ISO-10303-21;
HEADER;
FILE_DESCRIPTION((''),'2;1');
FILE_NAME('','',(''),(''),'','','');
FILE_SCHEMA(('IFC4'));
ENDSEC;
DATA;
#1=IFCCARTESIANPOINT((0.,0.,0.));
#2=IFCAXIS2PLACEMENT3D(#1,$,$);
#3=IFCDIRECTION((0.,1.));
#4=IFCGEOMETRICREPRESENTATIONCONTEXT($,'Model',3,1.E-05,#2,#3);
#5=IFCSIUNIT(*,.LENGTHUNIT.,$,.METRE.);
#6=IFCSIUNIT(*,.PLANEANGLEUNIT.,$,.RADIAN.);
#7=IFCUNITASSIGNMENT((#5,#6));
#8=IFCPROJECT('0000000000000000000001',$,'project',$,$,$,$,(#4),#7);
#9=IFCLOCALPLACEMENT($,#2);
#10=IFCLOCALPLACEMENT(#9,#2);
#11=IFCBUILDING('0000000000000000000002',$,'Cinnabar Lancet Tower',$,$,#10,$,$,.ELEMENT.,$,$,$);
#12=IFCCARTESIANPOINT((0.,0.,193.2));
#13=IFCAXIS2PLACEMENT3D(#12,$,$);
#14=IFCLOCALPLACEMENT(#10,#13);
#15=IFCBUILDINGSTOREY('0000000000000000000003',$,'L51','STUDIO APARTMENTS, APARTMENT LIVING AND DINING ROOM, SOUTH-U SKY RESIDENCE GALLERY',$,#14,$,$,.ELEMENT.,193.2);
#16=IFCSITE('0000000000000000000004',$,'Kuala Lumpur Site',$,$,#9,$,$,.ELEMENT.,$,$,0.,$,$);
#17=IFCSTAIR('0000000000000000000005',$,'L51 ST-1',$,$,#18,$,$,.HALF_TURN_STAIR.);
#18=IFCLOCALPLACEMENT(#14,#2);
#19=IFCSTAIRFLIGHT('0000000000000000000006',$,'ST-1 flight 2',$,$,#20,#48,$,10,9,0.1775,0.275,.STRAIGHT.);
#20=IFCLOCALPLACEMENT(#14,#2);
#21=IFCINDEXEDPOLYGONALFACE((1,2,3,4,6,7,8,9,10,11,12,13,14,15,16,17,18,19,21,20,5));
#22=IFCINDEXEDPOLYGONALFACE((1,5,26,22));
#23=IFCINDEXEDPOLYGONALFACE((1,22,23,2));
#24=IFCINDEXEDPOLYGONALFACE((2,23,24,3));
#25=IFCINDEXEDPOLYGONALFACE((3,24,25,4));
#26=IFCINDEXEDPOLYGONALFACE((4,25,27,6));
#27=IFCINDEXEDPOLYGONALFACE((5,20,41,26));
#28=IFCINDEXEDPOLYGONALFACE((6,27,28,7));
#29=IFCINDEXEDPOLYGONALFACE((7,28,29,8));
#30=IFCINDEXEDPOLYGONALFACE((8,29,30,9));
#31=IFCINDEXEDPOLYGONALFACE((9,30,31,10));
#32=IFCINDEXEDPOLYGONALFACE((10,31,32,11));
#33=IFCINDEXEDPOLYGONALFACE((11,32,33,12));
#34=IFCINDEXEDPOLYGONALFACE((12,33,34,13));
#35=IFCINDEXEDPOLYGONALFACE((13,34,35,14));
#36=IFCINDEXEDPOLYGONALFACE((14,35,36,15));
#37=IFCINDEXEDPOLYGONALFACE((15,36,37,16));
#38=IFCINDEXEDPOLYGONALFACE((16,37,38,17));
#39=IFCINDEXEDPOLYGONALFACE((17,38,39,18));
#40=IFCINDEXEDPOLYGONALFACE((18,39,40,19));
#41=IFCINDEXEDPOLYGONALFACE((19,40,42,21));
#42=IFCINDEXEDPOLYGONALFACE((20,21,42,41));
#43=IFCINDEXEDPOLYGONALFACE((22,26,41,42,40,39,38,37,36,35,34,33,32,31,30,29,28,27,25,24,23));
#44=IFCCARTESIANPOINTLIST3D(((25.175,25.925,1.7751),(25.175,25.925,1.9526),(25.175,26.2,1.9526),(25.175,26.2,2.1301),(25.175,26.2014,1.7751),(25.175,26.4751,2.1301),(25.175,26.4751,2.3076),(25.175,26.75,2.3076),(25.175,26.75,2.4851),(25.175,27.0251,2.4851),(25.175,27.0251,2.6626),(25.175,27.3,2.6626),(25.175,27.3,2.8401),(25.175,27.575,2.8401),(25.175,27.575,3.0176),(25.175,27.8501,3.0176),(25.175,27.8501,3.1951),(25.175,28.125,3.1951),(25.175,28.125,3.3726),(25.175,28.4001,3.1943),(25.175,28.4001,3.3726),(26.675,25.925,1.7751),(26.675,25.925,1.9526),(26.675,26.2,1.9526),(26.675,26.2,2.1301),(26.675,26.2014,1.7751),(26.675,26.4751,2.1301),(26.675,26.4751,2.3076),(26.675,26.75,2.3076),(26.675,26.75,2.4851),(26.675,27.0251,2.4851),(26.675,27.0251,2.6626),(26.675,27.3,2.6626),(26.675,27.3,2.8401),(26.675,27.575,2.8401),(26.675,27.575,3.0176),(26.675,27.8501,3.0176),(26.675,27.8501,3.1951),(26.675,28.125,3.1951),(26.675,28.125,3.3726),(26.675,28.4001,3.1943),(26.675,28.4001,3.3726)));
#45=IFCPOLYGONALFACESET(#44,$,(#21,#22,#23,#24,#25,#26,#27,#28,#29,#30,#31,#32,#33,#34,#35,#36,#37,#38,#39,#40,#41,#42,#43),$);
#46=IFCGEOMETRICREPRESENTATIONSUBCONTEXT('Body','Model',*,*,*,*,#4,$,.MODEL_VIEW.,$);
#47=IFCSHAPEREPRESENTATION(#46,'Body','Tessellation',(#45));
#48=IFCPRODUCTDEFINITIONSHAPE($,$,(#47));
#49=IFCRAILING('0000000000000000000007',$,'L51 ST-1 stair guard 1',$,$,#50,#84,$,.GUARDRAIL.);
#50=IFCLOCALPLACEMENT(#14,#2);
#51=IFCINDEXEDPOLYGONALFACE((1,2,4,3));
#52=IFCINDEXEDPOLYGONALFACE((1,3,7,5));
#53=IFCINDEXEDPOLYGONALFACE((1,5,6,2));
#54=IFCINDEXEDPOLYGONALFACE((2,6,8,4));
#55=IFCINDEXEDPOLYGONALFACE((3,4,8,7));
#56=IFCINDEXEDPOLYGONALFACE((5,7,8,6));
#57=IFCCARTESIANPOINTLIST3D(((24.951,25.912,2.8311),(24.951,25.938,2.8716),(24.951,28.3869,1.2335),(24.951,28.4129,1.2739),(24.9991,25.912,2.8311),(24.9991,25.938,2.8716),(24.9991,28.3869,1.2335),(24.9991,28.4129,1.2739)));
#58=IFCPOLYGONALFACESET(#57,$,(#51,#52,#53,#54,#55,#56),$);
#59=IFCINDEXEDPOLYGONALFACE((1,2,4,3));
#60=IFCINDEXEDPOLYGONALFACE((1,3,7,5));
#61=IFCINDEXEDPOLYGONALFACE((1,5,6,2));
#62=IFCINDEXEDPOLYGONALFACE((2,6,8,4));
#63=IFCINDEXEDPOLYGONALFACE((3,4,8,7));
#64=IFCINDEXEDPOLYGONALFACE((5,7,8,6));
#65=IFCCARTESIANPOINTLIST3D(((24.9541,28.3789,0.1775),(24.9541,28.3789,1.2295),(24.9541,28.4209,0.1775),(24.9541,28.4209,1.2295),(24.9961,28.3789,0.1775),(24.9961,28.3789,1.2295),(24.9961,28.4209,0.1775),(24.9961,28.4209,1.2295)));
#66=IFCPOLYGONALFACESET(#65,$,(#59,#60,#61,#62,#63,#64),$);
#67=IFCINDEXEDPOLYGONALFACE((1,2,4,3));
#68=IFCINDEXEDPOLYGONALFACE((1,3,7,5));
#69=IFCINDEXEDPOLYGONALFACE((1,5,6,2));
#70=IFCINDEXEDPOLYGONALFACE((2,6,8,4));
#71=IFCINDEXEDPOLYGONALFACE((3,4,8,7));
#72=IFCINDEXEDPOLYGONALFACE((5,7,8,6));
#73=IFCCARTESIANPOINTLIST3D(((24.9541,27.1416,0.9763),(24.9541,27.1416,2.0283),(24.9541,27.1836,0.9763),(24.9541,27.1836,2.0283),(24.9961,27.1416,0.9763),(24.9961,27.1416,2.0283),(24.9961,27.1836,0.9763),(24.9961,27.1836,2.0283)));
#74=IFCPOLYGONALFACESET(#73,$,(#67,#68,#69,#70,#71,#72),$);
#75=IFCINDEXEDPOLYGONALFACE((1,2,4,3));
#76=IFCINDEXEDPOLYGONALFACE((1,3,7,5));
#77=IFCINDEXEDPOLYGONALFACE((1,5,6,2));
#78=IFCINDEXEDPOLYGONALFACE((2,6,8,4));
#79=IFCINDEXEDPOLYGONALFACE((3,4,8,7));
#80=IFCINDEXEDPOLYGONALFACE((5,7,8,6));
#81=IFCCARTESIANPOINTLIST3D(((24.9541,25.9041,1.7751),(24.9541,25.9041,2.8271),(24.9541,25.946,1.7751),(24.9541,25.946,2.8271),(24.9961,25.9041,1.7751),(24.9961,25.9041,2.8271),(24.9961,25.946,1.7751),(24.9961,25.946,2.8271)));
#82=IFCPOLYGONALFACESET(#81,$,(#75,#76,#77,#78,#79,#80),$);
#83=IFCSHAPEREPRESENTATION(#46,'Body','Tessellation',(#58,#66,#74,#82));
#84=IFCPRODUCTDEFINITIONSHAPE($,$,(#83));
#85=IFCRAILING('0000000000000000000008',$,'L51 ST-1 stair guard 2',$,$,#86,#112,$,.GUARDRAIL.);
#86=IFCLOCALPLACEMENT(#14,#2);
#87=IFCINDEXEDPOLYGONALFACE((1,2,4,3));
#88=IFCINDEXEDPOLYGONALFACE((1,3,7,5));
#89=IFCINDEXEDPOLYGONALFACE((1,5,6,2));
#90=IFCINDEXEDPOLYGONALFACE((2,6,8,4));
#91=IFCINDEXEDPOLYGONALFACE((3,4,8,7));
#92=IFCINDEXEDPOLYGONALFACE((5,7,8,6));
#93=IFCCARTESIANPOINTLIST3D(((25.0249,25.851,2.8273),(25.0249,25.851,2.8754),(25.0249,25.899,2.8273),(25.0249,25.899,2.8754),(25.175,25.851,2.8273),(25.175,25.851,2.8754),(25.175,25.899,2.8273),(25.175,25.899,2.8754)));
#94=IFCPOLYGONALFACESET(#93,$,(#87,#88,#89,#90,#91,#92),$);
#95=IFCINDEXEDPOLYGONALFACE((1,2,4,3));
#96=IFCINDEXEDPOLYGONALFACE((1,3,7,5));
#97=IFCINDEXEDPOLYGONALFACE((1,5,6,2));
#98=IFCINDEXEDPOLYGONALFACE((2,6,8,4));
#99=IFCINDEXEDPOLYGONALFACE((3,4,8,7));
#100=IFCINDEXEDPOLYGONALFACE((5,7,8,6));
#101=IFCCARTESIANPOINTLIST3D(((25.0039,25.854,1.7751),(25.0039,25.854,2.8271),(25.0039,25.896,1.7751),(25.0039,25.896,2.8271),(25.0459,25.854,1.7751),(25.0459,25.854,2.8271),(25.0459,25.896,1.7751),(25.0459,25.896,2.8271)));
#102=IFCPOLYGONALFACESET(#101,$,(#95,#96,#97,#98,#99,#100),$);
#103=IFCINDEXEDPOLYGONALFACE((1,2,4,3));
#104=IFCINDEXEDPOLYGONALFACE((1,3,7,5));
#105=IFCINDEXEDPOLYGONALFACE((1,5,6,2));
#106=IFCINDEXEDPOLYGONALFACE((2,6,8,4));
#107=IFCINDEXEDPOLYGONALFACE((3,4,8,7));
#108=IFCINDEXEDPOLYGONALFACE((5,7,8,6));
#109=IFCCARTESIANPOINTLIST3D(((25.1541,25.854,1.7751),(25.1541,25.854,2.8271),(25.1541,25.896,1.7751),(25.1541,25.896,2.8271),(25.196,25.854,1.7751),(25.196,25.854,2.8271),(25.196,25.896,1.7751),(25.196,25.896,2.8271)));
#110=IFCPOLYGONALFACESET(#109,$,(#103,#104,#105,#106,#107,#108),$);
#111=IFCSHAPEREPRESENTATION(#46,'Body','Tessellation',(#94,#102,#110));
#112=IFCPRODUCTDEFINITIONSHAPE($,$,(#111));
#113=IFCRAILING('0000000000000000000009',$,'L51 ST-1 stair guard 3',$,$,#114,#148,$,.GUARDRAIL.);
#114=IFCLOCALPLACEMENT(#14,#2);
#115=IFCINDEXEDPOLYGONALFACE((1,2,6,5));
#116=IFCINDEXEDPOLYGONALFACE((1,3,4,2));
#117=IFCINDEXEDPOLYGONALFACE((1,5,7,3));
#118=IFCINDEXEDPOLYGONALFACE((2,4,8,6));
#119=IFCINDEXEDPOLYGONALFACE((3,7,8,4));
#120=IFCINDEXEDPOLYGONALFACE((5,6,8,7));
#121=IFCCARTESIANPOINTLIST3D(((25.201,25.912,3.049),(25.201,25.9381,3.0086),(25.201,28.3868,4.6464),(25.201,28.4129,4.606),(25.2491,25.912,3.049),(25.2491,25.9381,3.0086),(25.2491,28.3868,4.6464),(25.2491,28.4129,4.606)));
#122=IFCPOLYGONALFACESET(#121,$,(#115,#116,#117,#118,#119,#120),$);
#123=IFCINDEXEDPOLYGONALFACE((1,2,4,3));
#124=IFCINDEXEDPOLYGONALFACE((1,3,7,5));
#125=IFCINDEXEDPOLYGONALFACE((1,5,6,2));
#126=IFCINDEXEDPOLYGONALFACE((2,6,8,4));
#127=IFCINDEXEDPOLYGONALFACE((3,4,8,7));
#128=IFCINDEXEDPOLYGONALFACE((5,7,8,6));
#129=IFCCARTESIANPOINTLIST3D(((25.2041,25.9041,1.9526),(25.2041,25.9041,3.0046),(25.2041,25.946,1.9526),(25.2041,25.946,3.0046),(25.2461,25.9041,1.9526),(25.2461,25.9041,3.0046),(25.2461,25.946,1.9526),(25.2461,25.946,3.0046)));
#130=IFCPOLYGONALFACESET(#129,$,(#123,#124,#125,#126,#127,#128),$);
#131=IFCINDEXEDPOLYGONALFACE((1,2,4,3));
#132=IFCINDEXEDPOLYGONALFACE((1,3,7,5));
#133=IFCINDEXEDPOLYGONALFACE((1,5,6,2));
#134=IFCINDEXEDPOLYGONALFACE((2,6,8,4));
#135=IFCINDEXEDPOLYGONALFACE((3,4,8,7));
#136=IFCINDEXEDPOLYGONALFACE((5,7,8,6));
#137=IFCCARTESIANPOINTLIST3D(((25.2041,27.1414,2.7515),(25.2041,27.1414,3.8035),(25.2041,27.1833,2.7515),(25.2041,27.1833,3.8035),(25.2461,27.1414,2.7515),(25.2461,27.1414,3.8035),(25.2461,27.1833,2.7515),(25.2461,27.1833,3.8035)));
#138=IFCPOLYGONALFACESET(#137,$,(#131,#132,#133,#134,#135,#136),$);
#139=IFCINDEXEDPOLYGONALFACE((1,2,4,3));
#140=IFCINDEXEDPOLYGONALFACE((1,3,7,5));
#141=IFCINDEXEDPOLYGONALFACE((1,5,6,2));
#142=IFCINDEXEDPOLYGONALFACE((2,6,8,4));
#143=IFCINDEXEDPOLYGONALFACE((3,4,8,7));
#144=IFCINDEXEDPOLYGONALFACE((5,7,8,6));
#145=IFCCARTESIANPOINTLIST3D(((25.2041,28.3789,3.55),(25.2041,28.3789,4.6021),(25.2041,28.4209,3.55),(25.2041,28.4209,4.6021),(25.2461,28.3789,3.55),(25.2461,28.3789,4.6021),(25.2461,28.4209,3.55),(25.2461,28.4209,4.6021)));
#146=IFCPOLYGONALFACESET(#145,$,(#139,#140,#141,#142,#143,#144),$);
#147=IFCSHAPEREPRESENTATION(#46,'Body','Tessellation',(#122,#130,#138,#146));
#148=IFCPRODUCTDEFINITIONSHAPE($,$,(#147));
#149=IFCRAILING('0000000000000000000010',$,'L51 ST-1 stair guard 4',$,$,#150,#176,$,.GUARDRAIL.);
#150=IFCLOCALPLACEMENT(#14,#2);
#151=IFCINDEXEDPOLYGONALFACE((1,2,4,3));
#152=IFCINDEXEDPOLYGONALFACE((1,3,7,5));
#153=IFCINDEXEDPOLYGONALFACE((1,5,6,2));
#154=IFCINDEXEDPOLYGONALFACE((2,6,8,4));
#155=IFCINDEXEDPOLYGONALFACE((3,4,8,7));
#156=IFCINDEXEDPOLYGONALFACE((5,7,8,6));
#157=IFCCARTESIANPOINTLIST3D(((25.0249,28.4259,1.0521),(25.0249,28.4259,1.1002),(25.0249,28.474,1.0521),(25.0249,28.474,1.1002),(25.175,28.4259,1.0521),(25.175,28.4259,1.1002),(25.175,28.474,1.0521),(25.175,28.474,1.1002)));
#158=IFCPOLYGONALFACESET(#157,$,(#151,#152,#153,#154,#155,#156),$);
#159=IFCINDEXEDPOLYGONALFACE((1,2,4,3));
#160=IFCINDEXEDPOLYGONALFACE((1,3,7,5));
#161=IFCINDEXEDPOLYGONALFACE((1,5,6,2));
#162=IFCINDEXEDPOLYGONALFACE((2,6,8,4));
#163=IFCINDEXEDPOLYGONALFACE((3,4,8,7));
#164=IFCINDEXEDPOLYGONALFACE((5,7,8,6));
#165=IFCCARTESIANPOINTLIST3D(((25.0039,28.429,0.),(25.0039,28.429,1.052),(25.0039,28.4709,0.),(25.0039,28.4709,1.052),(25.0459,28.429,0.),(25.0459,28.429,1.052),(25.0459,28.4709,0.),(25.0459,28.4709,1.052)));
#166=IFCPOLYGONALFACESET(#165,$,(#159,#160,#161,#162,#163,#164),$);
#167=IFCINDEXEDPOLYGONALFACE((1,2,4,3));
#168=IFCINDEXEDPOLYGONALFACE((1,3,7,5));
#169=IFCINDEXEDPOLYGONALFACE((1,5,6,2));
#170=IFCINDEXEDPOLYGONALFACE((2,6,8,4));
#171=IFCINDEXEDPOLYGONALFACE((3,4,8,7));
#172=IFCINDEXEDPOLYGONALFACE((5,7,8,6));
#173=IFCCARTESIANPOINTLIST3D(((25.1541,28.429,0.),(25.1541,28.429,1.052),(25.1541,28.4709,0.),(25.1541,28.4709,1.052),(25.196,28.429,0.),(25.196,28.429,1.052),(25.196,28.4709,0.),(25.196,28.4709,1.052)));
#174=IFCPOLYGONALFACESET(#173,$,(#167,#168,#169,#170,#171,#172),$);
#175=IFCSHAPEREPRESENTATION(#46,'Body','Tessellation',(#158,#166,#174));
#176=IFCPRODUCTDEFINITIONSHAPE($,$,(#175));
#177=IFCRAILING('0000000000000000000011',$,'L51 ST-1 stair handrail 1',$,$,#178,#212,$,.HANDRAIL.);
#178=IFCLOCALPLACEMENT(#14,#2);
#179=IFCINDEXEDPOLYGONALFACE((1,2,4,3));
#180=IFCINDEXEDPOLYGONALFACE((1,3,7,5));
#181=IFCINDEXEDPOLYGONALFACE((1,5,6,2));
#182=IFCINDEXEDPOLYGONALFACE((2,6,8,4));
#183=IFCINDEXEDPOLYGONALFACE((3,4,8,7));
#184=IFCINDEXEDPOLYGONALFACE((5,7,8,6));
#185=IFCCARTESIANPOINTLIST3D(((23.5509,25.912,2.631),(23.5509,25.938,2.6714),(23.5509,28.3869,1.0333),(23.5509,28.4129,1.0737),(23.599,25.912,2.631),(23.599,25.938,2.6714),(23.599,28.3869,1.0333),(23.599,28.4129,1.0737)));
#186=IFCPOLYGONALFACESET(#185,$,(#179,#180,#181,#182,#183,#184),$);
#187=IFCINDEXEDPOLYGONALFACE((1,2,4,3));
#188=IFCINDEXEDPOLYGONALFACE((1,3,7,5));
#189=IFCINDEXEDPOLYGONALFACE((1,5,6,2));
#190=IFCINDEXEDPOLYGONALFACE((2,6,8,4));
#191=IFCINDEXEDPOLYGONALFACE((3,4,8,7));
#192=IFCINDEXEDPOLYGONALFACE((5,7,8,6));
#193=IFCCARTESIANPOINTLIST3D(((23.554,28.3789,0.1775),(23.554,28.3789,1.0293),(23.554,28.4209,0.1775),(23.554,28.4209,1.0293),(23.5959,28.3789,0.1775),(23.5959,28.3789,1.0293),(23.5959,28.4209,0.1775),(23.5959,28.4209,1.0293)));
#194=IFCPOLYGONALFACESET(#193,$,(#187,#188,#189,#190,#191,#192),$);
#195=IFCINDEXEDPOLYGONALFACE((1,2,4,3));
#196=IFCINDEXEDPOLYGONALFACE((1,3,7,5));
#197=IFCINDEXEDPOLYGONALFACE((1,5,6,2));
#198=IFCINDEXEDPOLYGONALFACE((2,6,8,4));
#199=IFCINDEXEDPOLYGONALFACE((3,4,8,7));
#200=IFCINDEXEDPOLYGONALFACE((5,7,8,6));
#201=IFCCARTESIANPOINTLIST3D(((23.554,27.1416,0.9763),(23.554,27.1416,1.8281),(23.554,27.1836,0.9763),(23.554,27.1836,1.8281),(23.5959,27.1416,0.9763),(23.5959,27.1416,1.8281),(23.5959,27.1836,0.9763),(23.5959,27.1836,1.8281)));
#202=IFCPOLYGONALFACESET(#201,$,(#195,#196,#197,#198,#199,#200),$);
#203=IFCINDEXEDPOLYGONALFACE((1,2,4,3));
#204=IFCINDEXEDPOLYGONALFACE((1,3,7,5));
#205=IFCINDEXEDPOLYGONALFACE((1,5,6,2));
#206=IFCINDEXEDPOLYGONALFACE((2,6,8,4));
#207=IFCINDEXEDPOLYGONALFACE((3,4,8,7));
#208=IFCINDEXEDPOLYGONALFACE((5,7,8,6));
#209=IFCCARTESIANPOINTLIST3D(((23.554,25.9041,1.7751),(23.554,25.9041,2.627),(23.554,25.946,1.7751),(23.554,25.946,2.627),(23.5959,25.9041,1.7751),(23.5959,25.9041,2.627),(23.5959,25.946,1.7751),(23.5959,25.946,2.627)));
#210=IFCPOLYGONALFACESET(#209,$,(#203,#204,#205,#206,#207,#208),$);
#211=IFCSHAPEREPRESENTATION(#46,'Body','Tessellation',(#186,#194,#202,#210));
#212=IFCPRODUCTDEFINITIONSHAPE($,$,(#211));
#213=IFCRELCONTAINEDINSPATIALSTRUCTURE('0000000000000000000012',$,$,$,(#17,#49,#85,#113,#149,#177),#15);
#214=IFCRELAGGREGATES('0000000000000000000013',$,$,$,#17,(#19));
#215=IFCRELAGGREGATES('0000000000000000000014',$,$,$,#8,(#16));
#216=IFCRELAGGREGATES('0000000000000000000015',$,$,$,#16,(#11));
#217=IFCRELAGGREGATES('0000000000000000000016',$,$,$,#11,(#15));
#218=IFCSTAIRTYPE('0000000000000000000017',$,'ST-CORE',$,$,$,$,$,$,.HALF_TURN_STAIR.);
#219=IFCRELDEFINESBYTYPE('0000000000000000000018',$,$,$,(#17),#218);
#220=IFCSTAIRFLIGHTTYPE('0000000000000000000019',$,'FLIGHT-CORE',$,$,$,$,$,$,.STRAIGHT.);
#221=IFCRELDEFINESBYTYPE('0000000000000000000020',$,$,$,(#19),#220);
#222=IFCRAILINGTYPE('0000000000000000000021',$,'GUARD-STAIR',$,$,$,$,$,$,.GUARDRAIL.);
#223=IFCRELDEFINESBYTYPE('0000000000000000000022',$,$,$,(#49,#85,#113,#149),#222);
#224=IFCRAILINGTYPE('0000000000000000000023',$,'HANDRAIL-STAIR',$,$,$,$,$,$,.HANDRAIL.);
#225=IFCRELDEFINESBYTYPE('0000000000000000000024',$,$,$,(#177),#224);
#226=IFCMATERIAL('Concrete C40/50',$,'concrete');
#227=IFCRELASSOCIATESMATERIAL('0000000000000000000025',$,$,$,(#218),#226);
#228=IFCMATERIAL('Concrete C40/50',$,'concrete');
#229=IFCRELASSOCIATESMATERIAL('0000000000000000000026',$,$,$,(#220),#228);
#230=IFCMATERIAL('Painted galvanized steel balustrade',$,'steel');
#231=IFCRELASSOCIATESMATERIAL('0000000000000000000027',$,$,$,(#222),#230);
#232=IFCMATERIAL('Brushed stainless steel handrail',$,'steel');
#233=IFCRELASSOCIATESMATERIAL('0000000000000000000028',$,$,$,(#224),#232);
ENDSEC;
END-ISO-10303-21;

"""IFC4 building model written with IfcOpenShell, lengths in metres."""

from ifc_helpers import new_model, si_unit, direction, frame, origin, origin_2d, place, context, subcontext, project, spatial, polyline, rectangle, outline, extrude, material, type_object, element, aggregate, save


model = new_model("IFC4")

# Units and contexts
model_context = context("Model", 3, precision=1e-05, world=origin(), true_north=direction((0.0, 1.0)))
body_context = subcontext(model_context, "Body", "Model", "MODEL_VIEW")
ifc_project = project(units=[si_unit("LENGTHUNIT", "METRE"), si_unit("PLANEANGLEUNIT", "RADIAN")], contexts=[model_context])

# Site, building, storey
site_placement = place(None, origin())
site = spatial("IfcSite", under=ifc_project, at=site_placement, Name="Kuala Lumpur Site", CompositionType="ELEMENT", RefElevation=0.0)
building_placement = place(site_placement, origin())
building = spatial("IfcBuilding", under=site, at=building_placement, Name="Cinnabar Lancet Tower", CompositionType="ELEMENT")
storey_placement = place(building_placement, frame((0.0, 0.0, 193.2)))
storey = spatial("IfcBuildingStorey", under=building, at=storey_placement, Name="L51", Description="STUDIO APARTMENTS, APARTMENT LIVING AND DINING ROOM, SOUTH-U SKY RESIDENCE GALLERY", CompositionType="ELEMENT", Elevation=193.2)

# Stair, stair flight
ifc_material_1 = material(Name="Concrete C40/50", Category="concrete")
stair_type = type_object("IfcStairType", Name="ST-CORE", PredefinedType="HALF_TURN_STAIR", material=ifc_material_1)
stair_placement = place(storey_placement, origin())
stair = element("IfcStair", 1, at=stair_placement, inside=storey, type_object=stair_type, Name="L51 ST-1", PredefinedType="HALF_TURN_STAIR")
ifc_material_2 = material(Name="Concrete C40/50", Category="concrete")
stair_flight_type = type_object("IfcStairFlightType", Name="FLIGHT-CORE", PredefinedType="STRAIGHT", material=ifc_material_2)
stair_flight_1_placement = place(storey_placement, frame((25.925, 25.925, 1.7751), z_axis=(0.0, 0.0, 1.0), x_axis=(0.0, 1.0, 0.0)))
stair_flight_1 = element("IfcStairFlight", 2, at=stair_flight_1_placement, type_object=stair_flight_type, Name="ST-1 flight 2", NumberOfRisers=10, NumberOfTreads=9, PredefinedType="STRAIGHT", RiserHeight=0.1775, TreadLength=0.275, context=body_context, shape_type="SweptSolid", body=[
    extrude(outline(polyline([(0.0, 0.0), (0.0, 0.1775), (0.2749, 0.1775), (0.2749, 0.355), (0.55, 0.355), (0.55, 0.5325), (0.825, 0.5325), (0.825, 0.71), (1.1001, 0.71), (1.1001, 0.8875), (1.375, 0.8875), (1.375, 1.0649), (1.6499, 1.0649), (1.6499, 1.2424), (1.925, 1.2424), (1.925, 1.4199), (2.2, 1.4199), (2.2, 1.5974), (2.4751, 1.5974), (2.4751, 1.7749), (2.4751, 1.4192), (0.2764, 0.0), (0.0, 0.0)])), frame((0.0, 0.75, 0.0), z_axis=(0.0, -1.0, 0.0), x_axis=(1.0, 0.0, 0.0)), (0.0, 0.0, 1.0), 1.5),
])
aggregate(stair, [stair_flight_1])

# Railings
ifc_material_3 = material(Name="Painted galvanized steel balustrade", Category="steel")
railing_type_1 = type_object("IfcRailingType", Name="GUARD-STAIR", PredefinedType="GUARDRAIL", material=ifc_material_3)
railing_1_placement = place(storey_placement, frame((24.9751, 28.3999, 0.1775)))
element("IfcRailing", 3, at=railing_1_placement, inside=storey, type_object=railing_type_1, Name="L51 ST-1 stair guard 1", PredefinedType="GUARDRAIL", context=body_context, shape_type="SweptSolid", body=[
    extrude(rectangle(XDim=0.0481, YDim=0.0481, at=origin_2d()), frame((0.0, 0.0, 1.0762), z_axis=(0.0, -0.840146, 0.542361), x_axis=(1.0, 0.0, 0.0)), (0.0, 0.0, 1.0), 2.9458),
    extrude(rectangle(XDim=0.042, YDim=0.042, at=origin_2d()), origin(), (0.0, 0.0, 1.0), 1.052),
    extrude(rectangle(XDim=0.042, YDim=0.042, at=origin_2d()), frame((0.0, -1.2373, 0.7988)), (0.0, 0.0, 1.0), 1.052),
    extrude(rectangle(XDim=0.042, YDim=0.042, at=origin_2d()), frame((0.0, -2.4749, 1.5977)), (0.0, 0.0, 1.0), 1.052),
])
railing_2_placement = place(storey_placement, frame((25.0249, 25.875, 1.7751)))
element("IfcRailing", 4, at=railing_2_placement, inside=storey, type_object=railing_type_1, Name="L51 ST-1 stair guard 2", PredefinedType="GUARDRAIL", context=body_context, shape_type="SweptSolid", body=[
    extrude(rectangle(XDim=0.0481, YDim=0.0481, at=origin_2d()), frame((0.0, 0.0, 1.0762), z_axis=(1.0, 0.0, 0.0), x_axis=(0.0, 1.0, 0.0)), (0.0, 0.0, 1.0), 0.1501),
    extrude(rectangle(XDim=0.042, YDim=0.042, at=origin_2d()), origin(), (0.0, 0.0, 1.0), 1.052),
    extrude(rectangle(XDim=0.042, YDim=0.042, at=origin_2d()), frame((0.1501, 0.0, 0.0)), (0.0, 0.0, 1.0), 1.052),
])
railing_3_placement = place(storey_placement, frame((25.2251, 25.925, 1.9526)))
element("IfcRailing", 5, at=railing_3_placement, inside=storey, type_object=railing_type_1, Name="L51 ST-1 stair guard 3", PredefinedType="GUARDRAIL", context=body_context, shape_type="SweptSolid", body=[
    extrude(rectangle(XDim=0.0481, YDim=0.0481, at=origin_2d()), frame((0.0, 0.0, 1.0762), z_axis=(0.0, 0.840183, 0.542302), x_axis=(-1.0, 0.0, 0.0)), (0.0, 0.0, 1.0), 2.9456),
    extrude(rectangle(XDim=0.042, YDim=0.042, at=origin_2d()), origin(), (0.0, 0.0, 1.0), 1.052),
    extrude(rectangle(XDim=0.042, YDim=0.042, at=origin_2d()), frame((0.0, 1.2373, 0.7988)), (0.0, 0.0, 1.0), 1.052),
    extrude(rectangle(XDim=0.042, YDim=0.042, at=origin_2d()), frame((0.0, 2.4749, 1.5974)), (0.0, 0.0, 1.0), 1.052),
])
railing_4_placement = place(storey_placement, frame((25.0249, 28.45, 0.0)))
element("IfcRailing", 6, at=railing_4_placement, inside=storey, type_object=railing_type_1, Name="L51 ST-1 stair guard 4", PredefinedType="GUARDRAIL", context=body_context, shape_type="SweptSolid", body=[
    extrude(rectangle(XDim=0.0481, YDim=0.0481, at=origin_2d()), frame((0.0, 0.0, 1.0762), z_axis=(1.0, 0.0, 0.0), x_axis=(0.0, 1.0, 0.0)), (0.0, 0.0, 1.0), 0.1501),
    extrude(rectangle(XDim=0.042, YDim=0.042, at=origin_2d()), origin(), (0.0, 0.0, 1.0), 1.052),
    extrude(rectangle(XDim=0.042, YDim=0.042, at=origin_2d()), frame((0.1501, 0.0, 0.0)), (0.0, 0.0, 1.0), 1.052),
])
ifc_material_4 = material(Name="Brushed stainless steel handrail", Category="steel")
railing_type_2 = type_object("IfcRailingType", Name="HANDRAIL-STAIR", PredefinedType="HANDRAIL", material=ifc_material_4)
railing_5_placement = place(storey_placement, frame((23.575, 28.3999, 0.1775)))
element("IfcRailing", 7, at=railing_5_placement, inside=storey, type_object=railing_type_2, Name="L51 ST-1 stair handrail 1", PredefinedType="HANDRAIL", context=body_context, shape_type="SweptSolid", body=[
    extrude(rectangle(XDim=0.0481, YDim=0.0481, at=origin_2d()), frame((0.0, 0.0, 0.876), z_axis=(0.0, -0.840146, 0.542361), x_axis=(1.0, 0.0, 0.0)), (0.0, 0.0, 1.0), 2.9458),
    extrude(rectangle(XDim=0.042, YDim=0.042, at=origin_2d()), origin(), (0.0, 0.0, 1.0), 0.8518),
    extrude(rectangle(XDim=0.042, YDim=0.042, at=origin_2d()), frame((0.0, -1.2373, 0.7988)), (0.0, 0.0, 1.0), 0.8518),
    extrude(rectangle(XDim=0.042, YDim=0.042, at=origin_2d()), frame((0.0, -2.4749, 1.5977)), (0.0, 0.0, 1.0), 0.8518),
])

save(model, "model.ifc")
